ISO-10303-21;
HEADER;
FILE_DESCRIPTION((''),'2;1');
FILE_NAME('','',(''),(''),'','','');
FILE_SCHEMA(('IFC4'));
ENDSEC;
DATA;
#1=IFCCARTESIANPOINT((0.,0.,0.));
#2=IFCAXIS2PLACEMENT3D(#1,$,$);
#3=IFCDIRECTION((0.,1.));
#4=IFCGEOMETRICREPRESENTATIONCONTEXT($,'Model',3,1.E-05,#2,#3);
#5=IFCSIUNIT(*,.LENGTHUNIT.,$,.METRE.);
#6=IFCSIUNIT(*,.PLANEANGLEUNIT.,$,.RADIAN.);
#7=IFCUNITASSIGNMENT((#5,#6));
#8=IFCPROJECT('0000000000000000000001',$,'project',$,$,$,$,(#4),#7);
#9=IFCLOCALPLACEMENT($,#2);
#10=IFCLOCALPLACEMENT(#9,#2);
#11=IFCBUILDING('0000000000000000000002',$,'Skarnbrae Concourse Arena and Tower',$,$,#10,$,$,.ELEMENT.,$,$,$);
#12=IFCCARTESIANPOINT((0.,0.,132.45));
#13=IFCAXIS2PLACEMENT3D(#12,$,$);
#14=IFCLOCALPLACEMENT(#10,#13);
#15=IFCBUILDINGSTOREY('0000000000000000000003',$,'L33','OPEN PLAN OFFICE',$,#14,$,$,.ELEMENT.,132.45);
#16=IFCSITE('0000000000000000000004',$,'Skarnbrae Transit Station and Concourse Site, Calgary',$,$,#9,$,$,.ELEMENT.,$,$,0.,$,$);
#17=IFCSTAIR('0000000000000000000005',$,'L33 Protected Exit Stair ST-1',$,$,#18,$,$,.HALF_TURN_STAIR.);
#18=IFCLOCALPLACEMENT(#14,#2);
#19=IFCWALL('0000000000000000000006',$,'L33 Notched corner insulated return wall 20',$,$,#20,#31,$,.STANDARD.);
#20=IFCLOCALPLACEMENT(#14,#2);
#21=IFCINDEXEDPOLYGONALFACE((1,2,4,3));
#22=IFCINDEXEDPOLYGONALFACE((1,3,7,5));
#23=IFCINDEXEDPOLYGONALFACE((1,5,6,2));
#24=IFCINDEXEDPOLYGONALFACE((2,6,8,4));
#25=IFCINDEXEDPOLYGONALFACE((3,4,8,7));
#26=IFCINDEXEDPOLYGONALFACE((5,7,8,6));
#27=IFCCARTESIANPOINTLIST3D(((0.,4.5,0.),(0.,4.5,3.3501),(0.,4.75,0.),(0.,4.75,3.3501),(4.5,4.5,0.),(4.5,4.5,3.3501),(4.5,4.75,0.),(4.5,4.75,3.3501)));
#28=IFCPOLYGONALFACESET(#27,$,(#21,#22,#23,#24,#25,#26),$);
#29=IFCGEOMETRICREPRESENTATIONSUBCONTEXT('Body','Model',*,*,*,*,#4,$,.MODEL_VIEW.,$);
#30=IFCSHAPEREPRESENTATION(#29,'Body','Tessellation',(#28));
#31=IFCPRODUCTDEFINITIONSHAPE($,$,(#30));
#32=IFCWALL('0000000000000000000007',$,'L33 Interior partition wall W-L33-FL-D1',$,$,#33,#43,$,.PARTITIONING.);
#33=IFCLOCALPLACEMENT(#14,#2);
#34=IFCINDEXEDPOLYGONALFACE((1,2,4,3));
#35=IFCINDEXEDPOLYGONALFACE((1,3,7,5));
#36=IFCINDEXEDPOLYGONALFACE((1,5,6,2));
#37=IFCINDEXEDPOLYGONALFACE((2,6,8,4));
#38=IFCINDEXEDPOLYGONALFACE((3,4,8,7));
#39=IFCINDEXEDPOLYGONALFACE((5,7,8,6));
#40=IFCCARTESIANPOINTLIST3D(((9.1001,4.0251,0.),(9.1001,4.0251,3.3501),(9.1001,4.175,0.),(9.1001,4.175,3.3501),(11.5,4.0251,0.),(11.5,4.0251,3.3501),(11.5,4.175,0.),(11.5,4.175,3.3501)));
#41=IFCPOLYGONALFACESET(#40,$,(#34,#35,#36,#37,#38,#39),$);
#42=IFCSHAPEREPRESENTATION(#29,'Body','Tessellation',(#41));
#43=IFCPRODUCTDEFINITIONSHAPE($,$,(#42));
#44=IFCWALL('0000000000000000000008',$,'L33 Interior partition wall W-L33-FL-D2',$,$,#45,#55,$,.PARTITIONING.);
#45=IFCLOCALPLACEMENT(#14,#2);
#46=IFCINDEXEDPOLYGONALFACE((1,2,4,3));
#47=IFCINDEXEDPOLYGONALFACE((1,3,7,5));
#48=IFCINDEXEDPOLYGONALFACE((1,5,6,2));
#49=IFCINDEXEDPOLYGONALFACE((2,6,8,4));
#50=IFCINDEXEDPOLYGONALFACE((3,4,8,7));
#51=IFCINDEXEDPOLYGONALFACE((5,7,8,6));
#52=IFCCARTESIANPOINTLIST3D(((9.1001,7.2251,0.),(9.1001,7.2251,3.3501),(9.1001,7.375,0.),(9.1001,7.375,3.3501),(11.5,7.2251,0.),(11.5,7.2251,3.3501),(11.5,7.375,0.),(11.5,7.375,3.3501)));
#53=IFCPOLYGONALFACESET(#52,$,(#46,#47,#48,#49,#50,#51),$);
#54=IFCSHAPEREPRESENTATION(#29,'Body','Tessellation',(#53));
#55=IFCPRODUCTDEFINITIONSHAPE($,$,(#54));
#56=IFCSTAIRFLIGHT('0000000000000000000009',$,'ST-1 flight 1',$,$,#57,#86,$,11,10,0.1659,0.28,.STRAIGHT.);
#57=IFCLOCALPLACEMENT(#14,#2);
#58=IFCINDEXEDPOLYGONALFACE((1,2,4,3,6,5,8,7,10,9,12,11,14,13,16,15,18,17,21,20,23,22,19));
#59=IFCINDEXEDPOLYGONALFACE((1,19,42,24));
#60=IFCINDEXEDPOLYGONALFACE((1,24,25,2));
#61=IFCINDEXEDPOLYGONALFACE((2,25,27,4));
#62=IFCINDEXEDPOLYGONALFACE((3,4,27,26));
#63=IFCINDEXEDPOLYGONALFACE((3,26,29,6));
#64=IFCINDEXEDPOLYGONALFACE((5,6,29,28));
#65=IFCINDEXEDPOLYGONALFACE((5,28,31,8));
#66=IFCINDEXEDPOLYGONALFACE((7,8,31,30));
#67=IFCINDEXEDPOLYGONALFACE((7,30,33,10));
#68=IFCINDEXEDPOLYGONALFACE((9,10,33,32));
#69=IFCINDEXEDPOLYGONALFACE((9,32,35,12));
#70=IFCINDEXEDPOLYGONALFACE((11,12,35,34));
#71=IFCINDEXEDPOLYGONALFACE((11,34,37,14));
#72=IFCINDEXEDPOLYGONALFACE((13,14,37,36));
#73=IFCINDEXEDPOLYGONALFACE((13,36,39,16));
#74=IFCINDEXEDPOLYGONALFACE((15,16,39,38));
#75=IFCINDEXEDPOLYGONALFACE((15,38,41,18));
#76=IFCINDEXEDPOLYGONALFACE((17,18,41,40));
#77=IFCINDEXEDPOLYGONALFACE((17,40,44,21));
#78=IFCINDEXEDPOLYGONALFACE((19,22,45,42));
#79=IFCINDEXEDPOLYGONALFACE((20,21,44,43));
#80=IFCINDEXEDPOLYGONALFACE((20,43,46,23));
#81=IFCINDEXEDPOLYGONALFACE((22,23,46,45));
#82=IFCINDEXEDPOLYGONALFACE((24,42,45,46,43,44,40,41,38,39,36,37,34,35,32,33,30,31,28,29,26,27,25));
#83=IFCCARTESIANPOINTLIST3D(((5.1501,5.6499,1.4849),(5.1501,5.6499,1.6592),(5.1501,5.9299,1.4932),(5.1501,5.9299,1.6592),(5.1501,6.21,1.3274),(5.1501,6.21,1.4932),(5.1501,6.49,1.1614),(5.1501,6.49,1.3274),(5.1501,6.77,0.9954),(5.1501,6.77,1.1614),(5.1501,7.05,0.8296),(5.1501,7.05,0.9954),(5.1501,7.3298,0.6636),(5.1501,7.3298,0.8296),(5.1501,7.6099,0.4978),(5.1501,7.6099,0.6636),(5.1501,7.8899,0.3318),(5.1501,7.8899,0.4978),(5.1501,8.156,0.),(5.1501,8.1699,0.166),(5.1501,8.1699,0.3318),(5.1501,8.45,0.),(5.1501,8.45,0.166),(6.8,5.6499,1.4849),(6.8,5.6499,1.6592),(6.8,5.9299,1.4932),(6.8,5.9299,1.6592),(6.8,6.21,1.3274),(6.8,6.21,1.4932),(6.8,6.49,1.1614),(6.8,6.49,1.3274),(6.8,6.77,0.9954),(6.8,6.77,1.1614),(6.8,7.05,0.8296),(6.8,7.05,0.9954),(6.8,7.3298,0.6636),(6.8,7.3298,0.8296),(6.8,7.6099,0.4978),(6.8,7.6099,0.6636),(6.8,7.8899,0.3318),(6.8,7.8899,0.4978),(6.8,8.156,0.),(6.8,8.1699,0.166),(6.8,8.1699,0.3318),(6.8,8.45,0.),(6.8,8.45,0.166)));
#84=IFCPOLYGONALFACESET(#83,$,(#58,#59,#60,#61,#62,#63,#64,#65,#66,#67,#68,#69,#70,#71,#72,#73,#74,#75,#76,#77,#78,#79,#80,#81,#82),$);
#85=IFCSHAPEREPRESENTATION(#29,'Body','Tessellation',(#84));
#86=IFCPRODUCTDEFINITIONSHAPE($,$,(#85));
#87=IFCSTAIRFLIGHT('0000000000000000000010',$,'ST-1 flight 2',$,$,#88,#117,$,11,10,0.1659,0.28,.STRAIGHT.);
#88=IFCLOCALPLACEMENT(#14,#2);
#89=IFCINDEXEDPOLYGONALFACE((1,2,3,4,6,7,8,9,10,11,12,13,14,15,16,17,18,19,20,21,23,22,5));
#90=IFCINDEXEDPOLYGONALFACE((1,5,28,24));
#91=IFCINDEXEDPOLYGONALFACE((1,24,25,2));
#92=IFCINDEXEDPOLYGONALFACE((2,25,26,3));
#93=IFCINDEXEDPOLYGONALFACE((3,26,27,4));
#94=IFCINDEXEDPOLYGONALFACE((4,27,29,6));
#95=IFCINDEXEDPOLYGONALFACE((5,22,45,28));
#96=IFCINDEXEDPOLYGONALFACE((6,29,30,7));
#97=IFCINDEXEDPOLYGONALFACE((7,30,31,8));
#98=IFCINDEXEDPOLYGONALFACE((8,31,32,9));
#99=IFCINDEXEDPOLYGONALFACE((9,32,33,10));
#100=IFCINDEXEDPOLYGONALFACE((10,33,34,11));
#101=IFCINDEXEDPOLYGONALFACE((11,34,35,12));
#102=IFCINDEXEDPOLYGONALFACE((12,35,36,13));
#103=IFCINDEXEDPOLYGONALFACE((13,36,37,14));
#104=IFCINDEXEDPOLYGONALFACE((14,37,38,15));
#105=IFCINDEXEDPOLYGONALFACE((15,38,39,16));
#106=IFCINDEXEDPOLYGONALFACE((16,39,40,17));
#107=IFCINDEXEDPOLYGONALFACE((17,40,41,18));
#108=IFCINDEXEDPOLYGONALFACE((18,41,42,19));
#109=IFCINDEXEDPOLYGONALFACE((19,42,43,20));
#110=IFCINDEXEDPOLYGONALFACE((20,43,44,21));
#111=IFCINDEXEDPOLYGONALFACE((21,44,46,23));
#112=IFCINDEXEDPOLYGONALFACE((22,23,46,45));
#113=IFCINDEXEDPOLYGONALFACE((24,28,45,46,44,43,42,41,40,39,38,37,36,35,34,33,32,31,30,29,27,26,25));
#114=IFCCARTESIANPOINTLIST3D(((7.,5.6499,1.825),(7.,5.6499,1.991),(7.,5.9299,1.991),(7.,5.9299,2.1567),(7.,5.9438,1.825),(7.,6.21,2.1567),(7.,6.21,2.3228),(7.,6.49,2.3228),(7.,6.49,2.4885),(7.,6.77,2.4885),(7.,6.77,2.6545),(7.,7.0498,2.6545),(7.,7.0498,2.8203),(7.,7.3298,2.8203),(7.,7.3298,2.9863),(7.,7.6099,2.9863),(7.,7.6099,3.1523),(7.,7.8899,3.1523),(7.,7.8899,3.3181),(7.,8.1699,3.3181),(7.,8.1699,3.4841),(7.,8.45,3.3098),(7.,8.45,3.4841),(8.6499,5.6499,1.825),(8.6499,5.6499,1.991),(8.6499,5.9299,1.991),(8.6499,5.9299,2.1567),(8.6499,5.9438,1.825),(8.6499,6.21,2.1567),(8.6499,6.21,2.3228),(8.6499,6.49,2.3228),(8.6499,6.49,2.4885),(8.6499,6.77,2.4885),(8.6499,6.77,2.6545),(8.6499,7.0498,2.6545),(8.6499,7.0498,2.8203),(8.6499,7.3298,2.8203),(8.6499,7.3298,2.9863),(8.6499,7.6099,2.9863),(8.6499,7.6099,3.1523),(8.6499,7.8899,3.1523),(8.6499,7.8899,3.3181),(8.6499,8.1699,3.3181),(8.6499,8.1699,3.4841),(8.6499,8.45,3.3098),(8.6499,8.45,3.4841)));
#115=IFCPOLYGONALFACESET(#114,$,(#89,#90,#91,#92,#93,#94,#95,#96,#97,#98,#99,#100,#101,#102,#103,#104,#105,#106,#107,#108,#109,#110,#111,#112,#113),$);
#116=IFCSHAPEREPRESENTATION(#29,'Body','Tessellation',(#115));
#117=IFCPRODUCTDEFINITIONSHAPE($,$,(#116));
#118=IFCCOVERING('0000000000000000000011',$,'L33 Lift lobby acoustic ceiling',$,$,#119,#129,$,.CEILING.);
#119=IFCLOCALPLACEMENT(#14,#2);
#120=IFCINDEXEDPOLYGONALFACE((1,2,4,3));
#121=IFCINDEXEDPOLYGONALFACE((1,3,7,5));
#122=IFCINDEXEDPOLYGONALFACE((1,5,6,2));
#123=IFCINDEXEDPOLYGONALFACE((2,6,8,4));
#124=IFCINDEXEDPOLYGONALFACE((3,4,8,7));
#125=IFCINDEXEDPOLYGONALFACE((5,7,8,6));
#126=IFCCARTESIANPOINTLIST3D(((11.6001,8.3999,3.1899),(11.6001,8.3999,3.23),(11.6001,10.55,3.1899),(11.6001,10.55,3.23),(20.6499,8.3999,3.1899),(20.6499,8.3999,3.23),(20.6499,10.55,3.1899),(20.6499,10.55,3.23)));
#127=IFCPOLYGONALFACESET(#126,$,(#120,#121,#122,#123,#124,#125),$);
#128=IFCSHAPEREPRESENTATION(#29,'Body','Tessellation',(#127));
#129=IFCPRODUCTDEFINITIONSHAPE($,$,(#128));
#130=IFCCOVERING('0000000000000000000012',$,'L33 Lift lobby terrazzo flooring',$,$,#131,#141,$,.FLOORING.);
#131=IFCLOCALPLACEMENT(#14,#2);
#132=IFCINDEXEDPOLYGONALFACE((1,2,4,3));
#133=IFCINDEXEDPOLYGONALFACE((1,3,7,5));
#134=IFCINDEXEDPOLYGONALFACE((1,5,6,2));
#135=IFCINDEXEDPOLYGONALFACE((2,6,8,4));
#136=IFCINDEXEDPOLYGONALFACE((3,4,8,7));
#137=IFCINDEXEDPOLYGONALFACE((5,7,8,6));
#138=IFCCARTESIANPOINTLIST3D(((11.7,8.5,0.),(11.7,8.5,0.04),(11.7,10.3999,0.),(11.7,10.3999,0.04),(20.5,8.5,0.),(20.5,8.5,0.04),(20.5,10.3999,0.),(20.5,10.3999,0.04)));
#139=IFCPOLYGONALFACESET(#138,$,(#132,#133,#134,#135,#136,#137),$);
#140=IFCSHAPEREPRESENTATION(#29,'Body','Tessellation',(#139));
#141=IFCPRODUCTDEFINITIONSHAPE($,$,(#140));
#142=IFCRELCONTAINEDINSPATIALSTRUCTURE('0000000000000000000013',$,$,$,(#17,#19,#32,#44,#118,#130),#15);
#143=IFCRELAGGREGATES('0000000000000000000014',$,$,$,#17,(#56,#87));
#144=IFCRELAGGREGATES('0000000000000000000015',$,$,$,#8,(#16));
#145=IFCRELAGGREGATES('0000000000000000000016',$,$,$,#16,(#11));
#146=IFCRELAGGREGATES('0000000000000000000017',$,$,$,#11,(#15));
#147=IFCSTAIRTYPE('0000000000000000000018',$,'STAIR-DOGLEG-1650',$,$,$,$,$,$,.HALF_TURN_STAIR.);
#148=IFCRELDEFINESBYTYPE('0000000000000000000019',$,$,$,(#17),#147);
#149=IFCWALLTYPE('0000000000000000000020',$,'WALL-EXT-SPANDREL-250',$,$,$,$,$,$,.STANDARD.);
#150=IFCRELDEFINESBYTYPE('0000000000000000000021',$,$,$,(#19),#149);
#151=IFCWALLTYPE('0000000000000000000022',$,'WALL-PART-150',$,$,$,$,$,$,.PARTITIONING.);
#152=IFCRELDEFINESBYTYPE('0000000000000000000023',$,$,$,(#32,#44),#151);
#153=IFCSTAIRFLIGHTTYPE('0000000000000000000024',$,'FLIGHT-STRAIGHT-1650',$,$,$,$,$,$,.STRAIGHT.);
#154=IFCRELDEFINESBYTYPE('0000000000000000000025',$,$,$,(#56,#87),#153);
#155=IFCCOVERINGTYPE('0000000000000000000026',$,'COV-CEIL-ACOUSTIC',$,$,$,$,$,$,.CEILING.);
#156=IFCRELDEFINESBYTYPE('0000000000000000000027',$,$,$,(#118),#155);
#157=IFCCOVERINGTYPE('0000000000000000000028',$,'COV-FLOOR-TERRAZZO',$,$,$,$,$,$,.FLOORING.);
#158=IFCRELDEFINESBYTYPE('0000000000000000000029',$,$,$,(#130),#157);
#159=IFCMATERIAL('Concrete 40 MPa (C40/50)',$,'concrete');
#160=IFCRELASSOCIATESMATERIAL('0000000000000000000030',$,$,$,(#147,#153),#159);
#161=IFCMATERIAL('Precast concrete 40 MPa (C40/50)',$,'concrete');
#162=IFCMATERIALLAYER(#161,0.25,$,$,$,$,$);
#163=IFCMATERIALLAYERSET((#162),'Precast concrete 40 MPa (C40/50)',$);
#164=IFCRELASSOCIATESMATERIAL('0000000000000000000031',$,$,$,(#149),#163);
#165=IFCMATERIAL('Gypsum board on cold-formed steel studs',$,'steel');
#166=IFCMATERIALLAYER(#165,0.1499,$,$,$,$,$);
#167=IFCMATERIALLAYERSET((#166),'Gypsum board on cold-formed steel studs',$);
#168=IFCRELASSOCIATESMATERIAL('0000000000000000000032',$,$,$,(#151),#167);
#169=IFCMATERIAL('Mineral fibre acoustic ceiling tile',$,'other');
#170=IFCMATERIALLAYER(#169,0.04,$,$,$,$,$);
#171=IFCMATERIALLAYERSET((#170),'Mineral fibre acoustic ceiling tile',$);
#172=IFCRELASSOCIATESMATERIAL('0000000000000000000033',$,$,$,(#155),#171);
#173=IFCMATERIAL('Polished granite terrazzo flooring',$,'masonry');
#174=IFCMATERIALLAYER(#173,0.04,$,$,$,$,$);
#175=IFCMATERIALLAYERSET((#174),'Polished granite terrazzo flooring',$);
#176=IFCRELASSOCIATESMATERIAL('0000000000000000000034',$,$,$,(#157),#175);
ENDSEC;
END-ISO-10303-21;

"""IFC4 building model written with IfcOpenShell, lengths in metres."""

from ifc_helpers import new_model, si_unit, direction, frame, frame_2d, origin, place, context, subcontext, project, spatial, polyline, rectangle, outline, extrude, source, transform, mapped, material, layer, layer_set, type_object, element, aggregate, save


model = new_model("IFC4")

# Units and contexts
model_context = context("Model", 3, precision=1e-05, world=origin(), true_north=direction((0.0, 1.0)))
body_context = subcontext(model_context, "Body", "Model", "MODEL_VIEW")
ifc_project = project(units=[si_unit("LENGTHUNIT", "METRE"), si_unit("PLANEANGLEUNIT", "RADIAN")], contexts=[model_context])

# Site, building, storey
site_placement = place(None, origin())
site = spatial("IfcSite", under=ifc_project, at=site_placement, Name="Skarnbrae Transit Station and Concourse Site, Calgary", CompositionType="ELEMENT", RefElevation=0.0)
building_placement = place(site_placement, origin())
building = spatial("IfcBuilding", under=site, at=building_placement, Name="Skarnbrae Concourse Arena and Tower", CompositionType="ELEMENT")
storey_placement = place(building_placement, frame((0.0, 0.0, 132.45)))
storey = spatial("IfcBuildingStorey", under=building, at=storey_placement, Name="L33", Description="OPEN PLAN OFFICE", CompositionType="ELEMENT", Elevation=132.45)

# Stair
ifc_material_1 = material(Name="Concrete 40 MPa (C40/50)", Category="concrete")
stair_type = type_object("IfcStairType", Name="STAIR-DOGLEG-1650", PredefinedType="HALF_TURN_STAIR", material=ifc_material_1)
stair_1_placement = place(storey_placement, origin())
stair_1 = element("IfcStair", 1, at=stair_1_placement, inside=storey, type_object=stair_type, Name="L33 Protected Exit Stair ST-1", PredefinedType="HALF_TURN_STAIR")

# Walls
ifc_material_2 = material(Name="Precast concrete 40 MPa (C40/50)", Category="concrete")
ifc_layer_1 = layer(ifc_material_2, 0.25)
ifc_layer_set_1 = layer_set([ifc_layer_1], Name="Precast concrete 40 MPa (C40/50)")
wall_type_1 = type_object("IfcWallType", Name="WALL-EXT-SPANDREL-250", PredefinedType="STANDARD", material=ifc_layer_set_1)
shared_shape_1 = source(origin(), body_context, "Body", "SweptSolid", [
    extrude(rectangle(XDim=4.5, YDim=0.25, at=frame_2d((2.25, 0.0))), origin(), (0.0, 0.0, 1.0), 3.3501),
])
wall_1_placement = place(storey_placement, frame((0.0, 4.625, 0.0), z_axis=(0.0, 0.0, 1.0), x_axis=(1.0, 0.0, 0.0)))
element("IfcWall", 2, at=wall_1_placement, inside=storey, type_object=wall_type_1, Name="L33 Notched corner insulated return wall 20", PredefinedType="STANDARD", context=body_context, shape_type="MappedRepresentation", body=[
    mapped(shared_shape_1, transform((0.0, 0.0, 0.0))),
])
ifc_material_3 = material(Name="Gypsum board on cold-formed steel studs", Category="steel")
ifc_layer_2 = layer(ifc_material_3, 0.1499)
ifc_layer_set_2 = layer_set([ifc_layer_2], Name="Gypsum board on cold-formed steel studs")
wall_type_2 = type_object("IfcWallType", Name="WALL-PART-150", PredefinedType="PARTITIONING", material=ifc_layer_set_2)
shared_shape_2 = source(origin(), body_context, "Body", "SweptSolid", [
    extrude(rectangle(XDim=2.3999, YDim=0.1499, at=frame_2d((1.2, 0.0))), origin(), (0.0, 0.0, 1.0), 3.3501),
])
for number, where, z_axis, x_axis, name in (
    (3, (9.1001, 4.1001, 0.0), (0.0, 0.0, 1.0), (1.0, 0.0, 0.0), "L33 Interior partition wall W-L33-FL-D1"),
    (4, (9.1001, 7.3, 0.0), (0.0, 0.0, 1.0), (1.0, 0.0, 0.0), "L33 Interior partition wall W-L33-FL-D2"),
):
    element("IfcWall", number, at=place(storey_placement, frame(where, z_axis=z_axis, x_axis=x_axis)), inside=storey, type_object=wall_type_2, Name=name, PredefinedType="PARTITIONING", context=body_context, shape_type="MappedRepresentation", body=[
        mapped(shared_shape_2, transform((0.0, 0.0, 0.0))),
    ])

# Stair flights
stair_flight_type = type_object("IfcStairFlightType", Name="FLIGHT-STRAIGHT-1650", PredefinedType="STRAIGHT", material=ifc_material_1)
shared_shape_3 = source(origin(), body_context, "Body", "SweptSolid", [
    extrude(outline(polyline([(0.0, 0.0), (0.0, 0.166), (0.28, 0.166), (0.28, 0.3318), (0.5601, 0.3318), (0.5601, 0.4978), (0.8401, 0.4978), (0.8401, 0.6636), (1.1201, 0.6636), (1.1201, 0.8296), (1.3999, 0.8296), (1.3999, 0.9954), (1.6799, 0.9954), (1.6799, 1.1614), (1.96, 1.1614), (1.96, 1.3274), (2.24, 1.3274), (2.24, 1.4932), (2.52, 1.4932), (2.52, 1.6592), (2.8, 1.6592), (2.8, 1.825), (2.8, 1.4849), (0.2939, 0.0), (0.0, 0.0)])), frame((0.0, 0.825, 0.0), z_axis=(0.0, -1.0, 0.0), x_axis=(1.0, 0.0, 0.0)), (0.0, 0.0, 1.0), 1.6499),
])
stair_flight_1_placement = place(storey_placement, frame((5.9751, 8.45, 0.0), z_axis=(0.0, 0.0, 1.0), x_axis=(0.0, -1.0, 0.0)))
stair_flight_1 = element("IfcStairFlight", 5, at=stair_flight_1_placement, type_object=stair_flight_type, Name="ST-1 flight 1", NumberOfRisers=11, NumberOfTreads=10, PredefinedType="STRAIGHT", RiserHeight=0.1659, TreadLength=0.28, context=body_context, shape_type="MappedRepresentation", body=[
    mapped(shared_shape_3, transform((0.0, 0.0, 0.0))),
])
stair_flight_2_placement = place(storey_placement, frame((7.825, 5.6499, 1.825), z_axis=(0.0, 0.0, 1.0), x_axis=(0.0, 1.0, 0.0)))
stair_flight_2 = element("IfcStairFlight", 6, at=stair_flight_2_placement, type_object=stair_flight_type, Name="ST-1 flight 2", NumberOfRisers=11, NumberOfTreads=10, PredefinedType="STRAIGHT", RiserHeight=0.1659, TreadLength=0.28, context=body_context, shape_type="MappedRepresentation", body=[
    mapped(shared_shape_3, transform((0.0, 0.0, 0.0))),
])
aggregate(stair_1, [stair_flight_1, stair_flight_2])

# Coverings
ifc_material_4 = material(Name="Mineral fibre acoustic ceiling tile", Category="other")
ifc_layer_3 = layer(ifc_material_4, 0.04)
ifc_layer_set_3 = layer_set([ifc_layer_3], Name="Mineral fibre acoustic ceiling tile")
covering_type_1 = type_object("IfcCoveringType", Name="COV-CEIL-ACOUSTIC", PredefinedType="CEILING", material=ifc_layer_set_3)
covering_1_placement = place(storey_placement, frame((0.0, 0.0, 3.1899)))
element("IfcCovering", 7, at=covering_1_placement, inside=storey, type_object=covering_type_1, Name="L33 Lift lobby acoustic ceiling", PredefinedType="CEILING", context=body_context, shape_type="SweptSolid", body=[
    extrude(outline(polyline([(11.6001, 8.3999), (20.6499, 8.3999), (20.6499, 10.55), (11.6001, 10.55), (11.6001, 8.3999)])), origin(), (0.0, 0.0, 1.0), 0.04),
])
ifc_material_5 = material(Name="Polished granite terrazzo flooring", Category="masonry")
ifc_layer_4 = layer(ifc_material_5, 0.04)
ifc_layer_set_4 = layer_set([ifc_layer_4], Name="Polished granite terrazzo flooring")
covering_type_2 = type_object("IfcCoveringType", Name="COV-FLOOR-TERRAZZO", PredefinedType="FLOORING", material=ifc_layer_set_4)
covering_2_placement = place(storey_placement, origin())
element("IfcCovering", 8, at=covering_2_placement, inside=storey, type_object=covering_type_2, Name="L33 Lift lobby terrazzo flooring", PredefinedType="FLOORING", context=body_context, shape_type="SweptSolid", body=[
    extrude(outline(polyline([(11.7, 8.5), (20.5, 8.5), (20.5, 10.3999), (11.7, 10.3999), (11.7, 8.5)])), origin(), (0.0, 0.0, 1.0), 0.04),
])

save(model, "model.ifc")
